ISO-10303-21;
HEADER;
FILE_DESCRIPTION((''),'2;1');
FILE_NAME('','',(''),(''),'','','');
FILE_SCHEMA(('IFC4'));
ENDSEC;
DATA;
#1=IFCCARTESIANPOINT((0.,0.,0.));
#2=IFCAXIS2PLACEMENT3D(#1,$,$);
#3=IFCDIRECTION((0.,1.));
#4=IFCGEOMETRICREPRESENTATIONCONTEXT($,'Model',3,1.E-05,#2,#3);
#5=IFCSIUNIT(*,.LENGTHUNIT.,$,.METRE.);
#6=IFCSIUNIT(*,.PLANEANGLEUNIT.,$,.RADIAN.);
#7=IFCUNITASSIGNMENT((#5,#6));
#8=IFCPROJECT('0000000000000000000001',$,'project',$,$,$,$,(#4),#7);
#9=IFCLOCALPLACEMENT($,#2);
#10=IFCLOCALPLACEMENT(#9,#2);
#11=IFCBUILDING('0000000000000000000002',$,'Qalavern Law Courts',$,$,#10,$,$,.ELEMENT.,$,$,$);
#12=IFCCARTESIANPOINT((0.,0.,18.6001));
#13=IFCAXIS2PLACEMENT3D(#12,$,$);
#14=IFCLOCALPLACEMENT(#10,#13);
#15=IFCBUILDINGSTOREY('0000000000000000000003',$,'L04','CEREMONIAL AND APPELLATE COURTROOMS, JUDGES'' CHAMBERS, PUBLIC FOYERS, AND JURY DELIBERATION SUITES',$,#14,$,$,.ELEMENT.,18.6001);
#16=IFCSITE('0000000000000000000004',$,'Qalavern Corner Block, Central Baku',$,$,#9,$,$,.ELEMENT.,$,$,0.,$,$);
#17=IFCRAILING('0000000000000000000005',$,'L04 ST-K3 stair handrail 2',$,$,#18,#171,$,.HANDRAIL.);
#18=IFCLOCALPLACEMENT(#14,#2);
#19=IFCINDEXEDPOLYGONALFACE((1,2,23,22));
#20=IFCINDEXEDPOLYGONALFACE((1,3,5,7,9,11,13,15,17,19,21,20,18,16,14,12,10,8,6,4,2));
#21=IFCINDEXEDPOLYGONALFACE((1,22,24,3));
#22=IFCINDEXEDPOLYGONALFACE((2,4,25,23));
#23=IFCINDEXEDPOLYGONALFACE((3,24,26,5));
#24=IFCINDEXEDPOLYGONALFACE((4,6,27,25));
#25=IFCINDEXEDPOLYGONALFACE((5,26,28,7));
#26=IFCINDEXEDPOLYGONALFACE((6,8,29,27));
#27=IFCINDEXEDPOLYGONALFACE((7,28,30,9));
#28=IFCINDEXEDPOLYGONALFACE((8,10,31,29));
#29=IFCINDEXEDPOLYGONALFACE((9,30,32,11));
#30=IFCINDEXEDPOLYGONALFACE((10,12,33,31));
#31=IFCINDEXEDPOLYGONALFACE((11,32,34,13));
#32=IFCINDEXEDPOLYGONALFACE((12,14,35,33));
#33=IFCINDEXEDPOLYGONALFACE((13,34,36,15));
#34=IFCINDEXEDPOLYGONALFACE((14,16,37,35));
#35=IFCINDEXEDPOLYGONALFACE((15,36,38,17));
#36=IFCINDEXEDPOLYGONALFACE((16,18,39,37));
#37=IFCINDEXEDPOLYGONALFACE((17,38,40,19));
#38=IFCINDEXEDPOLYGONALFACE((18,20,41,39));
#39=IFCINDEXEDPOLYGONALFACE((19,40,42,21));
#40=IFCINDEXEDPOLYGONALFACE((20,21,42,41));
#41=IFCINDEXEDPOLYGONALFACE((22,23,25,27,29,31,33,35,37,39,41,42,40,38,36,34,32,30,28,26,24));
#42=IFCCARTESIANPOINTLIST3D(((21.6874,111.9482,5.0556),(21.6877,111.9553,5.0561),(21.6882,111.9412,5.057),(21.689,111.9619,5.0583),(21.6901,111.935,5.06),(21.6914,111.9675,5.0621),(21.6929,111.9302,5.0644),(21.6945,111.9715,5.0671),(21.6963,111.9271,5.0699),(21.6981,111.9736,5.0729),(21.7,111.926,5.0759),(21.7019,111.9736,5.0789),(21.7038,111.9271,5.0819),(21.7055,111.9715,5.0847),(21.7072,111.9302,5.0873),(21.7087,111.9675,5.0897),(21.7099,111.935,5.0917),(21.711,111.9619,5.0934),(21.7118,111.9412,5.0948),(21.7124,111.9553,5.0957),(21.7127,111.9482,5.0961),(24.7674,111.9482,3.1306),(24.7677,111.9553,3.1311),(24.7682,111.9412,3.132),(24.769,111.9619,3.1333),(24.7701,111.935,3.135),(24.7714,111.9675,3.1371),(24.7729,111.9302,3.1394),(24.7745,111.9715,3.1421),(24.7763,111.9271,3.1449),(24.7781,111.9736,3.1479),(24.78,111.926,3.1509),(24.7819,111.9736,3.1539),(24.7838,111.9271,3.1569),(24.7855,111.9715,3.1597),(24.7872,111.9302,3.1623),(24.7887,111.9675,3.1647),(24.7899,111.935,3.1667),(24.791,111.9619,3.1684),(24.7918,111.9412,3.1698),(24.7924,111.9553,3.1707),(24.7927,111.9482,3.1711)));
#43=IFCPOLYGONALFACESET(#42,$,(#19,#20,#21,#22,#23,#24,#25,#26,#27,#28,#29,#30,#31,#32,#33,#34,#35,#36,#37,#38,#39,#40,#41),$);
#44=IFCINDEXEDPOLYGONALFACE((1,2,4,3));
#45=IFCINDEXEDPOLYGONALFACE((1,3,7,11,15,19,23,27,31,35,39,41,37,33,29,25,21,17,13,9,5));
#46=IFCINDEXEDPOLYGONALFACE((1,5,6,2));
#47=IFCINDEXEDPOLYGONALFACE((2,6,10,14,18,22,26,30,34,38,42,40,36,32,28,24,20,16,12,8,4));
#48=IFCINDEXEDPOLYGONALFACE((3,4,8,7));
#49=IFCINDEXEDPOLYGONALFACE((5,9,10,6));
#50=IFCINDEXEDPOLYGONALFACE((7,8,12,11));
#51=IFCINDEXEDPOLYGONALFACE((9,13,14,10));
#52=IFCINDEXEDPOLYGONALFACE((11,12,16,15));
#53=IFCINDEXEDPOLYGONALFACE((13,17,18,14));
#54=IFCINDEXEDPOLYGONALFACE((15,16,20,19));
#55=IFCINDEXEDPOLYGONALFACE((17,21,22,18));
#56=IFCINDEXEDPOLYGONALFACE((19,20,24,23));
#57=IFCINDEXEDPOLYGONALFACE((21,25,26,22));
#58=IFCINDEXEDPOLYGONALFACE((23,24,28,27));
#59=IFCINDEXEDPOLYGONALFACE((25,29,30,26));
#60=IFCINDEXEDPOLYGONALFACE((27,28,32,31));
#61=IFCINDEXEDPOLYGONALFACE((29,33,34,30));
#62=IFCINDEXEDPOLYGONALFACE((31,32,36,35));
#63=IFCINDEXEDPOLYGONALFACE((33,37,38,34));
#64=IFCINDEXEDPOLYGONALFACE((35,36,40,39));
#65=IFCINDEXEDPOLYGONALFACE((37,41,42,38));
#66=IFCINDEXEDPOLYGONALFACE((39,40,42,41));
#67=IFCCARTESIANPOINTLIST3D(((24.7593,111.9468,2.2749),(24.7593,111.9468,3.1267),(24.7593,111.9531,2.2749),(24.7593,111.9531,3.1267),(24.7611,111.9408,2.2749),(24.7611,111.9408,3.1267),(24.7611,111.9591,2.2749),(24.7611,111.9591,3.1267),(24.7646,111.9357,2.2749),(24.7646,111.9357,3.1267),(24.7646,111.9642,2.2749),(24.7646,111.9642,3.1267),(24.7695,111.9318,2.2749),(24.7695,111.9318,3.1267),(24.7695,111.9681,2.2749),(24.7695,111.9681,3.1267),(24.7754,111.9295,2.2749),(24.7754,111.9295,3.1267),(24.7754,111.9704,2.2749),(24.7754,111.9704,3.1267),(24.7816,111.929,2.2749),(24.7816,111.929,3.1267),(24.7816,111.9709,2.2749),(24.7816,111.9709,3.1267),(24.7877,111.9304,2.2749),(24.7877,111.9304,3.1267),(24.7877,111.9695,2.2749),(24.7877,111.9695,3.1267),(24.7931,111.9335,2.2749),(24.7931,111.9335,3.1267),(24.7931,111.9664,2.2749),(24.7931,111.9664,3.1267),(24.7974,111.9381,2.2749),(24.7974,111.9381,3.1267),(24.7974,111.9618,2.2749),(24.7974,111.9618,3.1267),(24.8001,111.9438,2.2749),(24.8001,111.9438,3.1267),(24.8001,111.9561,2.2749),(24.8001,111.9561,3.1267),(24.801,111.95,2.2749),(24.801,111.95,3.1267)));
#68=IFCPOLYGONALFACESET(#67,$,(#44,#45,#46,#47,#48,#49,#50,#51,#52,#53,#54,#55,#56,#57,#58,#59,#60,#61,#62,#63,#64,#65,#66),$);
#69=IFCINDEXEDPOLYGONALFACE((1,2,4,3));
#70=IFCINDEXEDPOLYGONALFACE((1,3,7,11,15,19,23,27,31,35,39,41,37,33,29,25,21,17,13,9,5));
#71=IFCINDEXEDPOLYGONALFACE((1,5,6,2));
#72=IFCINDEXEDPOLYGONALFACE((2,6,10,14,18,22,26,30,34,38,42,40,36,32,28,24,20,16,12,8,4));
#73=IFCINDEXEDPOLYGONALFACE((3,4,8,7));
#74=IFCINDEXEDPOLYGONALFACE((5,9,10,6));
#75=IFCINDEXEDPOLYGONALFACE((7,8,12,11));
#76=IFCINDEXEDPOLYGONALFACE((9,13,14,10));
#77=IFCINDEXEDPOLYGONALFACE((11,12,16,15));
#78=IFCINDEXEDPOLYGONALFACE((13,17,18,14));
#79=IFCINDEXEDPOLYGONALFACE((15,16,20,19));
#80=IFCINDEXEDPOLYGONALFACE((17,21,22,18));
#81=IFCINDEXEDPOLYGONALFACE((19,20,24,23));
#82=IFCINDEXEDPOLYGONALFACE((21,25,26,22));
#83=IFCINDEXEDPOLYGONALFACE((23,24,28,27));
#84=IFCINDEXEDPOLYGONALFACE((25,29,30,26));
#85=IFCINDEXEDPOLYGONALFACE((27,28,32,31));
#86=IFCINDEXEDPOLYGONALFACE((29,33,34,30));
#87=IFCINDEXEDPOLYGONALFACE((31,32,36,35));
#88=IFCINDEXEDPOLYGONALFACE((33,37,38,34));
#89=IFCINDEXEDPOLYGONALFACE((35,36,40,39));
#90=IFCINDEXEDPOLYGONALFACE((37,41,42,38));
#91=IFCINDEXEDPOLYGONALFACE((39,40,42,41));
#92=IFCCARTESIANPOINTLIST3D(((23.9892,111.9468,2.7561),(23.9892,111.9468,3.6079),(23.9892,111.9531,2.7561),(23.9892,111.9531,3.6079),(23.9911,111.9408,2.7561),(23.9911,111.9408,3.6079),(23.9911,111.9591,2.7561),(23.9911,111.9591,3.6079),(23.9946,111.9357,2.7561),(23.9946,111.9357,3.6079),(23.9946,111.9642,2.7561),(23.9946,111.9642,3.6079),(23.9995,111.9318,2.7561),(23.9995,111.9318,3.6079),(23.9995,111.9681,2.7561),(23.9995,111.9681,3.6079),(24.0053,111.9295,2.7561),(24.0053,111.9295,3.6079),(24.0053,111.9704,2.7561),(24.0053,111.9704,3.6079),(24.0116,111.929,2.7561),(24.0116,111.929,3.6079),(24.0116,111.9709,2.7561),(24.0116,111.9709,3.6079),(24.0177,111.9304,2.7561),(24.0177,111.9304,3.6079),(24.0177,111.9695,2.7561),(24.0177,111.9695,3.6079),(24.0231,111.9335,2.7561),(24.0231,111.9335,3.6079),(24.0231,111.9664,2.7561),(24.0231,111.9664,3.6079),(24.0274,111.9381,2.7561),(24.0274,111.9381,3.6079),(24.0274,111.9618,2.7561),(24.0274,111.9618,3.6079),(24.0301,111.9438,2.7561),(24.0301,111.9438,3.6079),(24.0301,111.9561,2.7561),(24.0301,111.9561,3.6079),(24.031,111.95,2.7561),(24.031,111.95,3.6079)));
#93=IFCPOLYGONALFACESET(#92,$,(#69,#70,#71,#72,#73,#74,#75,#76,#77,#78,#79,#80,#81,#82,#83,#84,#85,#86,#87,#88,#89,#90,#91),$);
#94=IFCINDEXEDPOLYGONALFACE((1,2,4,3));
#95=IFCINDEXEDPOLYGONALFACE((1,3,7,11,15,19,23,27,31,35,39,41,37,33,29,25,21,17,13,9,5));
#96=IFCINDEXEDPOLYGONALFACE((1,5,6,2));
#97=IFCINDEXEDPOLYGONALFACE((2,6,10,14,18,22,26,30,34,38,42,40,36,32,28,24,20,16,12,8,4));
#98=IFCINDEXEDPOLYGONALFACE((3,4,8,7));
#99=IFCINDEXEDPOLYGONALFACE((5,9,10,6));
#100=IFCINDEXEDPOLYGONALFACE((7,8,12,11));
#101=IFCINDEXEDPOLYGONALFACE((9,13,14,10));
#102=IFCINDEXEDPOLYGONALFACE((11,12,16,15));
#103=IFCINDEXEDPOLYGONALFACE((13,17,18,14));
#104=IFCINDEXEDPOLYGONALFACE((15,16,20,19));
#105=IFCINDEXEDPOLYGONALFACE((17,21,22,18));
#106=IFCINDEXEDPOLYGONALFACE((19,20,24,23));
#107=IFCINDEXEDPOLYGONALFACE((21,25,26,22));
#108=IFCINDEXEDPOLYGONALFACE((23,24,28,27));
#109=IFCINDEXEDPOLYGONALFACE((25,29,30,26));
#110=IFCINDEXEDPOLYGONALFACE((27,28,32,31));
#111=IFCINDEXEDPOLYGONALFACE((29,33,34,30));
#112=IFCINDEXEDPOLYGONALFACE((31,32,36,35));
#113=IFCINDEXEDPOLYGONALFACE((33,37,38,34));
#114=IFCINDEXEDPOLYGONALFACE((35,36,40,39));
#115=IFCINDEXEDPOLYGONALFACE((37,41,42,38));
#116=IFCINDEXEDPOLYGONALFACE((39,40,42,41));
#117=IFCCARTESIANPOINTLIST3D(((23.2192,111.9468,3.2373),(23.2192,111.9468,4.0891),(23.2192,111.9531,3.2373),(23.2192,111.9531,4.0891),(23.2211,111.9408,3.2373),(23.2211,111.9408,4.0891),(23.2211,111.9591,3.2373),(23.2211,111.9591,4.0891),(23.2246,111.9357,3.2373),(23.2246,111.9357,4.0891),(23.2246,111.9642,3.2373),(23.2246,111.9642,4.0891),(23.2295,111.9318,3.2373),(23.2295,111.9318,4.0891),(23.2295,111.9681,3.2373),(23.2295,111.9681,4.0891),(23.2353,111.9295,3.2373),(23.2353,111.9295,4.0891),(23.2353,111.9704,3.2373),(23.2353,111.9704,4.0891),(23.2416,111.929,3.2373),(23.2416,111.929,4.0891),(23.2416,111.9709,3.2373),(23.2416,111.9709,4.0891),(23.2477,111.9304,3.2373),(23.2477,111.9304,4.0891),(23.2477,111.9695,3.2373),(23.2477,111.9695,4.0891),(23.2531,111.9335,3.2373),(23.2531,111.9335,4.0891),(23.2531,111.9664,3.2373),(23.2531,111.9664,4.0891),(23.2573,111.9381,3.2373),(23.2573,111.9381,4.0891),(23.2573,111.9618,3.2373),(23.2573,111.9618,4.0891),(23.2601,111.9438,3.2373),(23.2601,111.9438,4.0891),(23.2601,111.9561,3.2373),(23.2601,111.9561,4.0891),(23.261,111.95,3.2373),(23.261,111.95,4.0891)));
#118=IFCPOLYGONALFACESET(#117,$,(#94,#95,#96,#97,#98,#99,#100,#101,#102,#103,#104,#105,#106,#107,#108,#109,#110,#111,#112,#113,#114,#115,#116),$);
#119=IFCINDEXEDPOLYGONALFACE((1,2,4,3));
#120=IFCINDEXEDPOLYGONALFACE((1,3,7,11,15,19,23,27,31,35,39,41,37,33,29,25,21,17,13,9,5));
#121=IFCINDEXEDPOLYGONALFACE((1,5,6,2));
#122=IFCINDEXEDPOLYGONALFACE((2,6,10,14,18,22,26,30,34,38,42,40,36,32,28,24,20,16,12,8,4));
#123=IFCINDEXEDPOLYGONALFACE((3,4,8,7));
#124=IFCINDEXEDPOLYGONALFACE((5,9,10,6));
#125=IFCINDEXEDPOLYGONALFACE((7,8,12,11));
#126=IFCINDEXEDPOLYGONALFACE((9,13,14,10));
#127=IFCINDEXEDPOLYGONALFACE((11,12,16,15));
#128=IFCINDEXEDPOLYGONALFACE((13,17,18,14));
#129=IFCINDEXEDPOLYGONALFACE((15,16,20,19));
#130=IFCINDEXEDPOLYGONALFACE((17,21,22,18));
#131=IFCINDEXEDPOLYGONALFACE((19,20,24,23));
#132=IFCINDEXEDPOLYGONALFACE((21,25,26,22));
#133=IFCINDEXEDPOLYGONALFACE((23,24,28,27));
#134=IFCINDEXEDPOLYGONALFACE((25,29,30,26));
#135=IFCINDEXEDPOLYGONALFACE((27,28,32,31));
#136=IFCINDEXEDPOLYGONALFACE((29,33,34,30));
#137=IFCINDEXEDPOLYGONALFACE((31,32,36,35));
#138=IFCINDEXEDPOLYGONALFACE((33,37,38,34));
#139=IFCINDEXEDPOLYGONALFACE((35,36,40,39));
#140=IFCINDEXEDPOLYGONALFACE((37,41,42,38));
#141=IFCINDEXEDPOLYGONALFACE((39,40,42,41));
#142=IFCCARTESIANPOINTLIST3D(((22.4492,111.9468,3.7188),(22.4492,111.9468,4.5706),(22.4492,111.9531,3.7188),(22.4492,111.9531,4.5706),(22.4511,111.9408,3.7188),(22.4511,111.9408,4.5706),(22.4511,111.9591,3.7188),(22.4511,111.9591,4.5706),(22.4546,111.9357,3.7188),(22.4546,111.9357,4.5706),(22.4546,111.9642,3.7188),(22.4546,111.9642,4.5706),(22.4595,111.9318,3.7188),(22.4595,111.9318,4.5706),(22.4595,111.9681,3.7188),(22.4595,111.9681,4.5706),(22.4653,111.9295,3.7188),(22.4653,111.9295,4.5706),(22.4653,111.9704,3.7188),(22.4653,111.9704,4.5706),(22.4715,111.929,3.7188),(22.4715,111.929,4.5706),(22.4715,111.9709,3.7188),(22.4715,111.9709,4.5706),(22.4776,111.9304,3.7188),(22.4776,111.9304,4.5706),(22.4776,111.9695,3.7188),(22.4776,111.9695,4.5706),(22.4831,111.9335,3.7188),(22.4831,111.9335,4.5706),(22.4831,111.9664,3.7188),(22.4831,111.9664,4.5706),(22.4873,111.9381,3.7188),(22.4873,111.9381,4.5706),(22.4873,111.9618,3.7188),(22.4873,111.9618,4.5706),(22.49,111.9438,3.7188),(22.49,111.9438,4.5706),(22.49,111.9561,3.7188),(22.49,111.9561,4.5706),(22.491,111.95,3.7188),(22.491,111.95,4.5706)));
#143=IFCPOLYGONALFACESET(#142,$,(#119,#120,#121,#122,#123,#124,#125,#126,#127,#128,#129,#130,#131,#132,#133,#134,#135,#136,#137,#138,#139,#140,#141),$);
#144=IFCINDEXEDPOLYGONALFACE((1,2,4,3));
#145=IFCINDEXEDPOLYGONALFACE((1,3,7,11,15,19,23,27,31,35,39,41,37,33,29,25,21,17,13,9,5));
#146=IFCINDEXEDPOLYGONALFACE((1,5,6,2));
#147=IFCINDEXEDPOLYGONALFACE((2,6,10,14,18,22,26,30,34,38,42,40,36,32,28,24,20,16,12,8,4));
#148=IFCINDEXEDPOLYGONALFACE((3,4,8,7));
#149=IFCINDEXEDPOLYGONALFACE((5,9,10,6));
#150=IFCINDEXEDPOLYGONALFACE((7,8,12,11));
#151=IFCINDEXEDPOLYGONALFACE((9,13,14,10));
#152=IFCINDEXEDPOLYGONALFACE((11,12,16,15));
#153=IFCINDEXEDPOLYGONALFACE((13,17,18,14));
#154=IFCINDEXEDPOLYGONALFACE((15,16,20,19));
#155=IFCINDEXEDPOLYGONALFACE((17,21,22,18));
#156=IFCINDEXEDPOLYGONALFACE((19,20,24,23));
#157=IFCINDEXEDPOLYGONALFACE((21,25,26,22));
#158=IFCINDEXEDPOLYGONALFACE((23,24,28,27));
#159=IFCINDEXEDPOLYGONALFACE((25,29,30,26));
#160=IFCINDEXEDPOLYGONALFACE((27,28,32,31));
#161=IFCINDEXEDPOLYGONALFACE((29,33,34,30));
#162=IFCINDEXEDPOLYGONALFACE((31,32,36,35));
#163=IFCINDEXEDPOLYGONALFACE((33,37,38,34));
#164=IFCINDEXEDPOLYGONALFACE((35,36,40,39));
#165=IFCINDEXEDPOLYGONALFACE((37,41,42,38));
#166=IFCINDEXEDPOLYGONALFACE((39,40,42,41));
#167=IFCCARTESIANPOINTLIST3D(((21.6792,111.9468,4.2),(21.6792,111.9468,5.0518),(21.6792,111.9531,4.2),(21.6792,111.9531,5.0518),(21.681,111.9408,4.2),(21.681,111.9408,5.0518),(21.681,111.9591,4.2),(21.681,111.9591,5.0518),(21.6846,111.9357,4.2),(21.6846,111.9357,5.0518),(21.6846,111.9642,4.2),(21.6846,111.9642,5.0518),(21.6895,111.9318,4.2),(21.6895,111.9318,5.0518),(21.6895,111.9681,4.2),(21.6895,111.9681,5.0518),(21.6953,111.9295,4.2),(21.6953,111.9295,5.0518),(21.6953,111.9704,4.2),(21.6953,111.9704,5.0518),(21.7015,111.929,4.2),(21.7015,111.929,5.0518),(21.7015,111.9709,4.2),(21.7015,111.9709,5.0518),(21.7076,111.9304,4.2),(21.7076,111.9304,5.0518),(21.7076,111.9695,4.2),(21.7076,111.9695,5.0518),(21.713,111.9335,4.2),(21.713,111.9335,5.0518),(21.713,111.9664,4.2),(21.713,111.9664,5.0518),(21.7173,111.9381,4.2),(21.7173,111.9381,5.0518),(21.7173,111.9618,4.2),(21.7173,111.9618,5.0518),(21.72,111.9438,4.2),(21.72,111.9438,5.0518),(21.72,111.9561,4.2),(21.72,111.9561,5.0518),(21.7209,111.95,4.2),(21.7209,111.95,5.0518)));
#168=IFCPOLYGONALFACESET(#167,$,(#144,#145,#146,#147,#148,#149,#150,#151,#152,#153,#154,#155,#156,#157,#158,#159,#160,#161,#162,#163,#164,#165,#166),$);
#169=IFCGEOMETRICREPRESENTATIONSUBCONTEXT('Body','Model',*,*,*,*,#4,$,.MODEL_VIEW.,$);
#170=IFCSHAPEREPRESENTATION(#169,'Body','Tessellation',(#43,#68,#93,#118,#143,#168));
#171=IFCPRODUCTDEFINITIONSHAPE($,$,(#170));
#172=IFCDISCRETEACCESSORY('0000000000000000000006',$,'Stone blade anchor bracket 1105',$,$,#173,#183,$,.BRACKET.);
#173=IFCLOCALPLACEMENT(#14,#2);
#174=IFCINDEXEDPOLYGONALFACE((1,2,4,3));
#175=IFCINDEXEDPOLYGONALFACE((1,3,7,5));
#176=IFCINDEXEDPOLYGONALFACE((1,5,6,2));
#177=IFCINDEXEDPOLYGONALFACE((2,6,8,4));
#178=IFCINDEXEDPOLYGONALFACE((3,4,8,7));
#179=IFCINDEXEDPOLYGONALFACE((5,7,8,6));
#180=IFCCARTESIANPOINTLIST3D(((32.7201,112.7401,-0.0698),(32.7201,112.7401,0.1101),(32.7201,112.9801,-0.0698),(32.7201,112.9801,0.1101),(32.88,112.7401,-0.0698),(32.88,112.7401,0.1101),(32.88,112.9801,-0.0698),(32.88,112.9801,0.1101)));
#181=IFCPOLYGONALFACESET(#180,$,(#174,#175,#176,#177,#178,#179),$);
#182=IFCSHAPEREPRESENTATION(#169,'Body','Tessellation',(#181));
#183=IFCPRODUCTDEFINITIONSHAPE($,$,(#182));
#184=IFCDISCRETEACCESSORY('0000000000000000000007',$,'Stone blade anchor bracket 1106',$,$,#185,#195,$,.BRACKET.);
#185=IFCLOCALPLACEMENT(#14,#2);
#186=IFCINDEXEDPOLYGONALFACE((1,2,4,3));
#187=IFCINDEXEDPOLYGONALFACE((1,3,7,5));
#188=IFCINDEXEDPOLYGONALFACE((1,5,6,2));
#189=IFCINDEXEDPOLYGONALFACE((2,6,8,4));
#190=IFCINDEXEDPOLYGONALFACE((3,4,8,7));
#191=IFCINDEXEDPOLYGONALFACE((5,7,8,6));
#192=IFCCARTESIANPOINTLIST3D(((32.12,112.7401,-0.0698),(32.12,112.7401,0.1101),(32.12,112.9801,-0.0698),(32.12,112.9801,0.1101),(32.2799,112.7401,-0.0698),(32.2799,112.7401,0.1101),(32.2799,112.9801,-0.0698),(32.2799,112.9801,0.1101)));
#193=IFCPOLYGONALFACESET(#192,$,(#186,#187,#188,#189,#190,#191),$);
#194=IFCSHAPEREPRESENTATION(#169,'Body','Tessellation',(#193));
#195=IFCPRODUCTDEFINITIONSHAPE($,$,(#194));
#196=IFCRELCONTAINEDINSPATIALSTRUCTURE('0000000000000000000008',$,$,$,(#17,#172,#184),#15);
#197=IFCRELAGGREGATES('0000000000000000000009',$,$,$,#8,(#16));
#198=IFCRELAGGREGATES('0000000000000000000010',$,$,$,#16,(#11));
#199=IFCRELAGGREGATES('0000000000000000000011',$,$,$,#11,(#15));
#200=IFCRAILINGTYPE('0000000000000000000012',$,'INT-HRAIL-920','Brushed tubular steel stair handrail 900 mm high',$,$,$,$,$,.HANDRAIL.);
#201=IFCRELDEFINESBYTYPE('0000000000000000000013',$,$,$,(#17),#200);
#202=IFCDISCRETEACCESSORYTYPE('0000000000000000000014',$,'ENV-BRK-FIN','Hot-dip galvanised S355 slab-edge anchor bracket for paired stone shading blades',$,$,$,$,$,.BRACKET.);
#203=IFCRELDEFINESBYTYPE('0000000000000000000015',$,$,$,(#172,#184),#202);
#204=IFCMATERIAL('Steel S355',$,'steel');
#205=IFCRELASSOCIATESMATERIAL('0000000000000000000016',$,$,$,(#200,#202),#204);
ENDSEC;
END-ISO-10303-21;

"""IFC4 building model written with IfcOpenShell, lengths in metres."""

from ifc_helpers import new_model, si_unit, direction, frame, origin, origin_2d, place, context, subcontext, project, spatial, rectangle, circle, extrude, material, type_object, element, save


model = new_model("IFC4")

# Units and contexts
model_context = context("Model", 3, precision=1e-05, world=origin(), true_north=direction((0.0, 1.0)))
body_context = subcontext(model_context, "Body", "Model", "MODEL_VIEW")
ifc_project = project(units=[si_unit("LENGTHUNIT", "METRE"), si_unit("PLANEANGLEUNIT", "RADIAN")], contexts=[model_context])

# Site, building, storey
site_placement = place(None, origin())
site = spatial("IfcSite", under=ifc_project, at=site_placement, Name="Qalavern Corner Block, Central Baku", CompositionType="ELEMENT", RefElevation=0.0)
building_placement = place(site_placement, origin())
building = spatial("IfcBuilding", under=site, at=building_placement, Name="Qalavern Law Courts", CompositionType="ELEMENT")
storey_placement = place(building_placement, frame((0.0, 0.0, 18.6001)))
storey = spatial("IfcBuildingStorey", under=building, at=storey_placement, Name="L04", Description="CEREMONIAL AND APPELLATE COURTROOMS, JUDGES' CHAMBERS, PUBLIC FOYERS, AND JURY DELIBERATION SUITES", CompositionType="ELEMENT", Elevation=18.6001)

# Railing
ifc_material_1 = material(Name="Steel S355", Category="steel")
railing_type = type_object("IfcRailingType", Name="INT-HRAIL-920", Description="Brushed tubular steel stair handrail 900 mm high", PredefinedType="HANDRAIL", material=ifc_material_1)
railing_placement = place(storey_placement, frame((24.78, 111.95, 2.2749)))
element("IfcRailing", 1, at=railing_placement, inside=storey, type_object=railing_type, Name="L04 ST-K3 stair handrail 2", PredefinedType="HANDRAIL", context=body_context, shape_type="SweptSolid", body=[
    extrude(circle(Radius=0.0239, at=origin_2d()), frame((0.0, 0.0, 0.876), z_axis=(-0.847998, 0.0, 0.529999), x_axis=(0.0, -1.0, 0.0)), (0.0, 0.0, 1.0), 3.6321),
    extrude(circle(Radius=0.021, at=origin_2d()), origin(), (0.0, 0.0, 1.0), 0.8518),
    extrude(circle(Radius=0.021, at=origin_2d()), frame((-0.77, 0.0, 0.4812)), (0.0, 0.0, 1.0), 0.8518),
    extrude(circle(Radius=0.021, at=origin_2d()), frame((-1.54, 0.0, 0.9624)), (0.0, 0.0, 1.0), 0.8518),
    extrude(circle(Radius=0.021, at=origin_2d()), frame((-2.3101, 0.0, 1.4438)), (0.0, 0.0, 1.0), 0.8518),
    extrude(circle(Radius=0.021, at=origin_2d()), frame((-3.0801, 0.0, 1.925)), (0.0, 0.0, 1.0), 0.8518),
])

# Discrete accessories
discrete_accessory_type = type_object("IfcDiscreteAccessoryType", Name="ENV-BRK-FIN", Description="Hot-dip galvanised S355 slab-edge anchor bracket for paired stone shading blades", PredefinedType="BRACKET", material=ifc_material_1)
for number, where, z_axis, x_axis, name in (
    (2, (32.8, 112.8601, -0.0698), (0.0, 0.0, 1.0), (0.0, 1.0, 0.0), "Stone blade anchor bracket 1105"),
    (3, (32.2, 112.8601, -0.0698), (0.0, 0.0, 1.0), (0.0, 1.0, 0.0), "Stone blade anchor bracket 1106"),
):
    element("IfcDiscreteAccessory", number, at=place(storey_placement, frame(where, z_axis=z_axis, x_axis=x_axis)), inside=storey, type_object=discrete_accessory_type, Name=name, PredefinedType="BRACKET", context=body_context, shape_type="SweptSolid", body=[
        extrude(rectangle(XDim=0.24, YDim=0.1599, at=origin_2d()), origin(), (0.0, 0.0, 1.0), 0.1799),
    ])

save(model, "model.ifc")
